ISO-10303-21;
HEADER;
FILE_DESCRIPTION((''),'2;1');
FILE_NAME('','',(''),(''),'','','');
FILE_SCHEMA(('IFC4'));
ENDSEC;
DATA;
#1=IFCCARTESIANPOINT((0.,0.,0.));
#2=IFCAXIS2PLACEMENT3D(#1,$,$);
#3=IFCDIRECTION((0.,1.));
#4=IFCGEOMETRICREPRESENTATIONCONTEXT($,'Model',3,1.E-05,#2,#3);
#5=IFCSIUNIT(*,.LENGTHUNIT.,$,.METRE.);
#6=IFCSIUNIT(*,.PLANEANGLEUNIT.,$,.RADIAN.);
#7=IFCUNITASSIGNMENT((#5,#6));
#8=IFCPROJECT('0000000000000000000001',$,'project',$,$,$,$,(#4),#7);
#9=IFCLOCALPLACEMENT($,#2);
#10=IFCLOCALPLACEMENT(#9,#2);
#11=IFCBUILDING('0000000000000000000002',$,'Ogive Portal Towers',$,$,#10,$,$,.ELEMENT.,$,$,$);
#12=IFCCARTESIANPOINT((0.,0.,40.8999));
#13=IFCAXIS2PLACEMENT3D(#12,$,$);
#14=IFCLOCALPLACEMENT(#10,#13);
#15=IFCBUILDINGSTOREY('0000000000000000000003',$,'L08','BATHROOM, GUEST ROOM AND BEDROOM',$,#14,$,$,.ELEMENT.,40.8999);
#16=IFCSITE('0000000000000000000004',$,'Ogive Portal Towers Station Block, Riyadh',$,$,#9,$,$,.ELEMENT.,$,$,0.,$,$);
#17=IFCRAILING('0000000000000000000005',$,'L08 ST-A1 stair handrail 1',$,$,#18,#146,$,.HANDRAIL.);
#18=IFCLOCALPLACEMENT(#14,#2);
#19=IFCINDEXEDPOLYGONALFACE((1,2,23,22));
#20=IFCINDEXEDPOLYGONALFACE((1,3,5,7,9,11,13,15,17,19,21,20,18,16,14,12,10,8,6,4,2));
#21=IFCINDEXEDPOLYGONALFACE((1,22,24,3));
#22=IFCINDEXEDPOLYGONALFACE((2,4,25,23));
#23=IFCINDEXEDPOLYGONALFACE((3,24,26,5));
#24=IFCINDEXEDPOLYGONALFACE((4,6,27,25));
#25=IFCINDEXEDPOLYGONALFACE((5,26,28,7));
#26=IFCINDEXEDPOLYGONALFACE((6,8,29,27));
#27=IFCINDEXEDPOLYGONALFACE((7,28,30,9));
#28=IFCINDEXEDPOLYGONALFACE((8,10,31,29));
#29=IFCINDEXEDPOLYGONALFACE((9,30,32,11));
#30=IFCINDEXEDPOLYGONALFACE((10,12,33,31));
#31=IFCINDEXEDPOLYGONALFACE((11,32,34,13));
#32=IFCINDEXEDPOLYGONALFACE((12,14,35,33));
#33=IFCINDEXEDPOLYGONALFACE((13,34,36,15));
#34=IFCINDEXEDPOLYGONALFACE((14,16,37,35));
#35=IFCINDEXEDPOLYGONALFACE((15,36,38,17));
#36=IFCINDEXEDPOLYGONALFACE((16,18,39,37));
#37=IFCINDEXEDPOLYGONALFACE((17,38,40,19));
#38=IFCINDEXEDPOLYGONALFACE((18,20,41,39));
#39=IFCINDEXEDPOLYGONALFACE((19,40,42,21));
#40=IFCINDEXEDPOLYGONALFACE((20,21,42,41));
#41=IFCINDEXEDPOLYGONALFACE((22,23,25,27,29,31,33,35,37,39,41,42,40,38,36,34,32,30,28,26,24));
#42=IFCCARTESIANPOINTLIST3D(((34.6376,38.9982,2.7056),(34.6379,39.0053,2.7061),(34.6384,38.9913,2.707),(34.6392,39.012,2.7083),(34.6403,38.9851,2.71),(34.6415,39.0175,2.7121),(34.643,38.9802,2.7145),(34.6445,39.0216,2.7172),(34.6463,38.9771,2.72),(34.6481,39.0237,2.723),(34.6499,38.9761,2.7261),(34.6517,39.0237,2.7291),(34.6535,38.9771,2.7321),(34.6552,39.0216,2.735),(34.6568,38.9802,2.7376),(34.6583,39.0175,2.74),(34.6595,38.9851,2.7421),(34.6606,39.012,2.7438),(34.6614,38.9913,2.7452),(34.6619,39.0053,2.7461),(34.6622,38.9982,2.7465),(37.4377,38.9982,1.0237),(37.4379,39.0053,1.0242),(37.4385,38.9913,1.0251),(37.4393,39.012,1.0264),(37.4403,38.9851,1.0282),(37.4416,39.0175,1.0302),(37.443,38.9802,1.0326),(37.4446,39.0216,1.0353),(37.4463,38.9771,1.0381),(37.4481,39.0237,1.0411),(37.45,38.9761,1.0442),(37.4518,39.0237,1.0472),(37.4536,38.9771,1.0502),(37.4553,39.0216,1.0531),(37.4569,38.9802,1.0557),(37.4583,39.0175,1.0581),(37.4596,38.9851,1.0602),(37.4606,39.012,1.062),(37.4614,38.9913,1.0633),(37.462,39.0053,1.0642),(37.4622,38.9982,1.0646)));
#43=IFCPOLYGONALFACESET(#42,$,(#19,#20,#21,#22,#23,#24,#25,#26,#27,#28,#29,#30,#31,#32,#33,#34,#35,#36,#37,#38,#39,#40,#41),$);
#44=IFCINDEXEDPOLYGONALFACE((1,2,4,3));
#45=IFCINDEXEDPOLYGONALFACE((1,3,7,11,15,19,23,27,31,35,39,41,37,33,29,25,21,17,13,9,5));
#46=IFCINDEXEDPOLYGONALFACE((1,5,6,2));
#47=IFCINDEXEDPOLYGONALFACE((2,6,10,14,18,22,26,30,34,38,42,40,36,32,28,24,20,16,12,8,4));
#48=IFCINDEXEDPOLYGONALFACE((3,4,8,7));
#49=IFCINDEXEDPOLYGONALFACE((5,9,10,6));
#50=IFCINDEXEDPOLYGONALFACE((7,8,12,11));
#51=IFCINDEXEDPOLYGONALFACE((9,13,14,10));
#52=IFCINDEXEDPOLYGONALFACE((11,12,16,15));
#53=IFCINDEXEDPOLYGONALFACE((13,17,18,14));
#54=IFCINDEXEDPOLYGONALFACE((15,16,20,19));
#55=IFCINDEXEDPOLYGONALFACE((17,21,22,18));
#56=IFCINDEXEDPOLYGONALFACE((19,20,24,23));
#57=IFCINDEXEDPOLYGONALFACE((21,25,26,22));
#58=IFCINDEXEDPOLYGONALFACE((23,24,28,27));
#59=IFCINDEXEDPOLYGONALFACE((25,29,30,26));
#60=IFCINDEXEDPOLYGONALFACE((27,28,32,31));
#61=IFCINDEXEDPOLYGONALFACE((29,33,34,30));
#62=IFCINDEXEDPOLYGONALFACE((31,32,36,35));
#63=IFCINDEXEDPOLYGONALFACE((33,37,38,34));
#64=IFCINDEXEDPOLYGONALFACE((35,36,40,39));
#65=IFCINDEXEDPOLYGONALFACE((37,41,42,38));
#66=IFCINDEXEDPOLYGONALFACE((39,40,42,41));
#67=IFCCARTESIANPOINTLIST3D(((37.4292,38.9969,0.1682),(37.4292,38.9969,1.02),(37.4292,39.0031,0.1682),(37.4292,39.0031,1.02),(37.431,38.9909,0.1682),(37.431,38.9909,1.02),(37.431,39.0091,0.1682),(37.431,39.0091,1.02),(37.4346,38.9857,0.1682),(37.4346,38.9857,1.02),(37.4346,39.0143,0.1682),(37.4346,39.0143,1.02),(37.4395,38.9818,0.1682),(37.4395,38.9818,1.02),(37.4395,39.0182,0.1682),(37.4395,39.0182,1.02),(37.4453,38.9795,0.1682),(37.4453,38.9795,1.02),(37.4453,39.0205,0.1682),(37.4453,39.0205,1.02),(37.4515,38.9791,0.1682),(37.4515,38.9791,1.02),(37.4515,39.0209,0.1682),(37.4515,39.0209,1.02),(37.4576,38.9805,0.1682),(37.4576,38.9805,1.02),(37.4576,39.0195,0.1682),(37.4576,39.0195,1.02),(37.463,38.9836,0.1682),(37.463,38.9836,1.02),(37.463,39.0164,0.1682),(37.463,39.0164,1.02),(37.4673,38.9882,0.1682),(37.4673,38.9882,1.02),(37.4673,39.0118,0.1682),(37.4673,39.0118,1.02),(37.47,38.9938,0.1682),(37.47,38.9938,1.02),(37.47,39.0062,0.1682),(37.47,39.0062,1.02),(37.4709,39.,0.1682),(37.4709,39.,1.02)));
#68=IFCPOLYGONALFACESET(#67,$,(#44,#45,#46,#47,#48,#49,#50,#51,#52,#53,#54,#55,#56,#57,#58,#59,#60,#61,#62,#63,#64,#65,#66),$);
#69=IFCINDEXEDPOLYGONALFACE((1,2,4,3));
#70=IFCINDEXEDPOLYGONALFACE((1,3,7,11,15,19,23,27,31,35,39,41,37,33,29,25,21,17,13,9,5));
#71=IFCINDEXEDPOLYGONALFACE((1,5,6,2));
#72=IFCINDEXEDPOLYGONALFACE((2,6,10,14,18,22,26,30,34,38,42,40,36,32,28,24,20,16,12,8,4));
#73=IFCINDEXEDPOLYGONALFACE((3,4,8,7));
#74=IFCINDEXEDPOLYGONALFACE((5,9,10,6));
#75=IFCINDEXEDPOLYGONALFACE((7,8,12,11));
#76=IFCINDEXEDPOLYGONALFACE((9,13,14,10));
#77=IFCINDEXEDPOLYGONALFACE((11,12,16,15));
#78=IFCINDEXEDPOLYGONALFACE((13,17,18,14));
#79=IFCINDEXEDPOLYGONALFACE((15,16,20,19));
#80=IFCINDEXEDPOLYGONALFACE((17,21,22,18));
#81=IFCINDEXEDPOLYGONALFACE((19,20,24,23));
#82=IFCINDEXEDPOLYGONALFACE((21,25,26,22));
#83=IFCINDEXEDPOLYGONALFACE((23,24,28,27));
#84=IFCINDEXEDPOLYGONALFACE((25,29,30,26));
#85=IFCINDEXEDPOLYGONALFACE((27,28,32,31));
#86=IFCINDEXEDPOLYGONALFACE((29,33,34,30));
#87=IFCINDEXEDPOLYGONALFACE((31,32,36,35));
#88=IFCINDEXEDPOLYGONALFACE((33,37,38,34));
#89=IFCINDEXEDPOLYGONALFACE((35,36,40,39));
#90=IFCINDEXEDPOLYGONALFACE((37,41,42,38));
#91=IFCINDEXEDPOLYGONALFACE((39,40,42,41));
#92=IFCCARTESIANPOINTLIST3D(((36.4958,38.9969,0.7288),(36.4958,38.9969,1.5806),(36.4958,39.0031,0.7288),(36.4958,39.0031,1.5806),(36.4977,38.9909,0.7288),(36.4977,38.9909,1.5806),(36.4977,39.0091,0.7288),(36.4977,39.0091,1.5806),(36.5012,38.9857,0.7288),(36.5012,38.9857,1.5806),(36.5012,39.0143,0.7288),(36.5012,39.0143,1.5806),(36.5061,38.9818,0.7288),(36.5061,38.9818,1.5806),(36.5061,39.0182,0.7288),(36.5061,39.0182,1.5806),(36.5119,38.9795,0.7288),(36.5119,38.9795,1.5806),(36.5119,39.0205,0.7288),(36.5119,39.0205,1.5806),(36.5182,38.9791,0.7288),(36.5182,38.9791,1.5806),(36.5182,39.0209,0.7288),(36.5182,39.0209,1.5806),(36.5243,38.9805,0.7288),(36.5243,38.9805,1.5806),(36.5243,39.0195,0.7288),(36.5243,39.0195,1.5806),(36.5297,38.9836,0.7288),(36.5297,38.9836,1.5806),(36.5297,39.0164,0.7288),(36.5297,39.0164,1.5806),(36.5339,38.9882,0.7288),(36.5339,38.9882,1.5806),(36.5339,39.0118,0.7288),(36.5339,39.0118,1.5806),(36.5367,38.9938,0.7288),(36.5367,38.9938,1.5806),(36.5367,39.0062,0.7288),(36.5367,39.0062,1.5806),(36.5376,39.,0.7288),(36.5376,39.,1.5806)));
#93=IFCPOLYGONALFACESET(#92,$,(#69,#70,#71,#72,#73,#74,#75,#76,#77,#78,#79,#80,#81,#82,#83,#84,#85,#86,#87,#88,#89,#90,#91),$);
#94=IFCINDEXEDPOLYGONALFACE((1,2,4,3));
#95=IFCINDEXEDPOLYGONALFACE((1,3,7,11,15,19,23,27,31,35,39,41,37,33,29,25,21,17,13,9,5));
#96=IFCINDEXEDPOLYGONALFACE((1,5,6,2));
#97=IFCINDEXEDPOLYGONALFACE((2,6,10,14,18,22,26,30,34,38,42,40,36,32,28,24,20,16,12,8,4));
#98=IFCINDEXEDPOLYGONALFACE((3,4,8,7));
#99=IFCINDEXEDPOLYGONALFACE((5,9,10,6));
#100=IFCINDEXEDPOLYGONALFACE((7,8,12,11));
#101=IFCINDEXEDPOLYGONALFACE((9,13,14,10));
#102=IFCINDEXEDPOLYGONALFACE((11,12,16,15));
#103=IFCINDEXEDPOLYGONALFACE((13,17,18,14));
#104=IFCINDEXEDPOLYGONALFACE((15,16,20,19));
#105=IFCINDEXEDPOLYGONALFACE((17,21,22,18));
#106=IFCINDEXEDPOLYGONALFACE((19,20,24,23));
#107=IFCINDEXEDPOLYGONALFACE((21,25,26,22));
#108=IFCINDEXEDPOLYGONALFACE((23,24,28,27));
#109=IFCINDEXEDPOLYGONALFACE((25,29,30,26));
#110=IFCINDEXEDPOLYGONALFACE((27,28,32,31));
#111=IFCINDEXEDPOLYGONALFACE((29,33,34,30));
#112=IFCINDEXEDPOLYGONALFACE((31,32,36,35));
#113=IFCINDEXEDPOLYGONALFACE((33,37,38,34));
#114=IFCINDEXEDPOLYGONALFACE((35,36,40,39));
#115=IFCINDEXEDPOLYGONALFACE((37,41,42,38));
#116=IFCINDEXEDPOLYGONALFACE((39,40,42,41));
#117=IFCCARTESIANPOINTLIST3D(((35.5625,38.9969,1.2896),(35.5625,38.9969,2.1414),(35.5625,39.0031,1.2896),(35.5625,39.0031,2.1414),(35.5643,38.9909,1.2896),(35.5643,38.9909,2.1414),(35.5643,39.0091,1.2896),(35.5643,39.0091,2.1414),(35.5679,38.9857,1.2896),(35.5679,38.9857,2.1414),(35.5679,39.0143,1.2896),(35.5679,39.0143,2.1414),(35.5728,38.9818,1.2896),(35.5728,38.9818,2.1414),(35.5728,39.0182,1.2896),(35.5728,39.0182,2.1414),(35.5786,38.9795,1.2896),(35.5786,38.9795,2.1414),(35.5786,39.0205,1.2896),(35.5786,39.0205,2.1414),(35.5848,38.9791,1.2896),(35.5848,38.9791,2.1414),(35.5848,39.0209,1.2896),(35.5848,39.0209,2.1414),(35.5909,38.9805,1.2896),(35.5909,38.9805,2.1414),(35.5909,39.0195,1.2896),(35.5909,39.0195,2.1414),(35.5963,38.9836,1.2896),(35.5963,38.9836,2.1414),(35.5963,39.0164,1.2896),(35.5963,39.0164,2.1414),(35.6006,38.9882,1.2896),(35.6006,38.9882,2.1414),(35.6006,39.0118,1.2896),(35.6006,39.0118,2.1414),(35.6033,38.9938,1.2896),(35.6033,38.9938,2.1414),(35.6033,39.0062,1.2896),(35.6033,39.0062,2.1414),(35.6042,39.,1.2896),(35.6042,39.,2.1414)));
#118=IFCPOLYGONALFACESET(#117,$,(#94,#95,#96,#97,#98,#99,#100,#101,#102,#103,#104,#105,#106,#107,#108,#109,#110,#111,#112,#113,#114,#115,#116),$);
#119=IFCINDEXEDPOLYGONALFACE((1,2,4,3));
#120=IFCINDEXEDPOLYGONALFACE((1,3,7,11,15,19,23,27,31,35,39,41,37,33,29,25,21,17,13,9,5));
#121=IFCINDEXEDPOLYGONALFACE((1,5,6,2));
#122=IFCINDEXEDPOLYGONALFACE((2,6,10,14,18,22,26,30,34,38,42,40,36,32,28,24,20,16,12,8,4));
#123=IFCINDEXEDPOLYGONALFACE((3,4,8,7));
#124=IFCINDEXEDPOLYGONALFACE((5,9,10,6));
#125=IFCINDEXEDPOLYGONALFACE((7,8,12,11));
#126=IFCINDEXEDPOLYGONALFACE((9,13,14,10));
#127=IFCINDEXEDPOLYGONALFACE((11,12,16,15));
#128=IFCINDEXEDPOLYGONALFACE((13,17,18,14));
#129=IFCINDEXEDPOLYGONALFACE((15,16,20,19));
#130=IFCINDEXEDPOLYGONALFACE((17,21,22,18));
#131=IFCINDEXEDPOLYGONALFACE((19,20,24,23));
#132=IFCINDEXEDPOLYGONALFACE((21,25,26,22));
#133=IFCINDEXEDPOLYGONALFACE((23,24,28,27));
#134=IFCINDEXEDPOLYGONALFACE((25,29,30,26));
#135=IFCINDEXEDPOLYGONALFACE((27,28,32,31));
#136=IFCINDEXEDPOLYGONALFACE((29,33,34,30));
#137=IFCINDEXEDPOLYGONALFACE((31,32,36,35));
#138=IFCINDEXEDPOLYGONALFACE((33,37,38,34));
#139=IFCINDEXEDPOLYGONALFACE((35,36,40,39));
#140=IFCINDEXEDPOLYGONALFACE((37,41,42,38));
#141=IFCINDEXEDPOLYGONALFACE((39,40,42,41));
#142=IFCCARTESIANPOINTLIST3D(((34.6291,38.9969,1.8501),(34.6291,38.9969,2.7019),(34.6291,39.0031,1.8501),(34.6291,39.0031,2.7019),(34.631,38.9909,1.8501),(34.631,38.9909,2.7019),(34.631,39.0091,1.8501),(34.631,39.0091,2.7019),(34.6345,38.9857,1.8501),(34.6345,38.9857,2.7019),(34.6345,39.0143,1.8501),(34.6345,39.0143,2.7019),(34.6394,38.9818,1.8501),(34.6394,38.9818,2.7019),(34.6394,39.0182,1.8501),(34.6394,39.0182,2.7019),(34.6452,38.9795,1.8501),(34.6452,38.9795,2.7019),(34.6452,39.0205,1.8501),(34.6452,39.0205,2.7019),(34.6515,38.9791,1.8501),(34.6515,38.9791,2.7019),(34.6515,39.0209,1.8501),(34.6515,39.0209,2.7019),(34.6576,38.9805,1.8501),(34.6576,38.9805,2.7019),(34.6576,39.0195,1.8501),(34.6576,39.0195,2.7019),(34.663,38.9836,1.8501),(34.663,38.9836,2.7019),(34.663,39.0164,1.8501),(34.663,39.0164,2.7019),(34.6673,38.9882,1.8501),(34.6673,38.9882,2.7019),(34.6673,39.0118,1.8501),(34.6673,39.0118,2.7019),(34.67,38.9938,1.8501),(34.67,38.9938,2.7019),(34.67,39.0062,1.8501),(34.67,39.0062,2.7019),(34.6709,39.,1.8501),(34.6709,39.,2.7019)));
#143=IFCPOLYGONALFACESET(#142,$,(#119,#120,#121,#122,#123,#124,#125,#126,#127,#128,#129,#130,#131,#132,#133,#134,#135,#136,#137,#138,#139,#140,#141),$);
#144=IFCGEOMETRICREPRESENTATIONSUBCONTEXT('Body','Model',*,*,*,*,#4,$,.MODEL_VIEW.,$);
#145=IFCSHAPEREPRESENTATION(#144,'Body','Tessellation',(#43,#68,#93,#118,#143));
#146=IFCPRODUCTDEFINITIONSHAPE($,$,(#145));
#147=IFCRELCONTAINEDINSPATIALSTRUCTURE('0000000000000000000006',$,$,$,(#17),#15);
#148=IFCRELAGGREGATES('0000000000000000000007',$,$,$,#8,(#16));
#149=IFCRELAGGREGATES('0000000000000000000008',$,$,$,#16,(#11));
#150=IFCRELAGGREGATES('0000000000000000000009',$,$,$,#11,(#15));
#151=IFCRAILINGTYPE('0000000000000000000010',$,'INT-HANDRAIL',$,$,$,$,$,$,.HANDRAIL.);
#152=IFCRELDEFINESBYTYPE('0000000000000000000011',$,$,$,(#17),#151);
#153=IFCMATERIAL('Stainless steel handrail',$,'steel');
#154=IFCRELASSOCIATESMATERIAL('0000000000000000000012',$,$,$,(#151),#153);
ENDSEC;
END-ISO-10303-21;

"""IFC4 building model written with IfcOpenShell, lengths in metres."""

from ifc_helpers import new_model, si_unit, direction, frame, origin, origin_2d, place, context, subcontext, project, spatial, circle, extrude, material, type_object, element, save


model = new_model("IFC4")

# Units and contexts
model_context = context("Model", 3, precision=1e-05, world=origin(), true_north=direction((0.0, 1.0)))
body_context = subcontext(model_context, "Body", "Model", "MODEL_VIEW")
ifc_project = project(units=[si_unit("LENGTHUNIT", "METRE"), si_unit("PLANEANGLEUNIT", "RADIAN")], contexts=[model_context])

# Site, building, storey
site_placement = place(None, origin())
site = spatial("IfcSite", under=ifc_project, at=site_placement, Name="Ogive Portal Towers Station Block, Riyadh", CompositionType="ELEMENT", RefElevation=0.0)
building_placement = place(site_placement, origin())
building = spatial("IfcBuilding", under=site, at=building_placement, Name="Ogive Portal Towers", CompositionType="ELEMENT")
storey_placement = place(building_placement, frame((0.0, 0.0, 40.8999)))
storey = spatial("IfcBuildingStorey", under=building, at=storey_placement, Name="L08", Description="BATHROOM, GUEST ROOM AND BEDROOM", CompositionType="ELEMENT", Elevation=40.8999)

# Railing
ifc_material_1 = material(Name="Stainless steel handrail", Category="steel")
railing_type_1 = type_object("IfcRailingType", Name="INT-HANDRAIL", PredefinedType="HANDRAIL", material=ifc_material_1)
railing_1_placement = place(storey_placement, frame((37.45, 39.0, 0.1682)))
element("IfcRailing", 1, at=railing_1_placement, inside=storey, type_object=railing_type_1, Name="L08 ST-A1 stair handrail 1", PredefinedType="HANDRAIL", context=body_context, shape_type="SweptSolid", body=[
    extrude(circle(Radius=0.0239, at=origin_2d()), frame((0.0, 0.0, 0.876), z_axis=(-0.857242, 0.0, 0.514913), x_axis=(0.0, -1.0, 0.0)), (0.0, 0.0, 1.0), 3.2664),
    extrude(circle(Radius=0.021, at=origin_2d()), origin(), (0.0, 0.0, 1.0), 0.8518),
    extrude(circle(Radius=0.021, at=origin_2d()), frame((-0.9333, 0.0, 0.5605)), (0.0, 0.0, 1.0), 0.8518),
    extrude(circle(Radius=0.021, at=origin_2d()), frame((-1.8667, 0.0, 1.1213)), (0.0, 0.0, 1.0), 0.8518),
    extrude(circle(Radius=0.021, at=origin_2d()), frame((-2.8, 0.0, 1.6819)), (0.0, 0.0, 1.0), 0.8518),
])

save(model, "model.ifc")
